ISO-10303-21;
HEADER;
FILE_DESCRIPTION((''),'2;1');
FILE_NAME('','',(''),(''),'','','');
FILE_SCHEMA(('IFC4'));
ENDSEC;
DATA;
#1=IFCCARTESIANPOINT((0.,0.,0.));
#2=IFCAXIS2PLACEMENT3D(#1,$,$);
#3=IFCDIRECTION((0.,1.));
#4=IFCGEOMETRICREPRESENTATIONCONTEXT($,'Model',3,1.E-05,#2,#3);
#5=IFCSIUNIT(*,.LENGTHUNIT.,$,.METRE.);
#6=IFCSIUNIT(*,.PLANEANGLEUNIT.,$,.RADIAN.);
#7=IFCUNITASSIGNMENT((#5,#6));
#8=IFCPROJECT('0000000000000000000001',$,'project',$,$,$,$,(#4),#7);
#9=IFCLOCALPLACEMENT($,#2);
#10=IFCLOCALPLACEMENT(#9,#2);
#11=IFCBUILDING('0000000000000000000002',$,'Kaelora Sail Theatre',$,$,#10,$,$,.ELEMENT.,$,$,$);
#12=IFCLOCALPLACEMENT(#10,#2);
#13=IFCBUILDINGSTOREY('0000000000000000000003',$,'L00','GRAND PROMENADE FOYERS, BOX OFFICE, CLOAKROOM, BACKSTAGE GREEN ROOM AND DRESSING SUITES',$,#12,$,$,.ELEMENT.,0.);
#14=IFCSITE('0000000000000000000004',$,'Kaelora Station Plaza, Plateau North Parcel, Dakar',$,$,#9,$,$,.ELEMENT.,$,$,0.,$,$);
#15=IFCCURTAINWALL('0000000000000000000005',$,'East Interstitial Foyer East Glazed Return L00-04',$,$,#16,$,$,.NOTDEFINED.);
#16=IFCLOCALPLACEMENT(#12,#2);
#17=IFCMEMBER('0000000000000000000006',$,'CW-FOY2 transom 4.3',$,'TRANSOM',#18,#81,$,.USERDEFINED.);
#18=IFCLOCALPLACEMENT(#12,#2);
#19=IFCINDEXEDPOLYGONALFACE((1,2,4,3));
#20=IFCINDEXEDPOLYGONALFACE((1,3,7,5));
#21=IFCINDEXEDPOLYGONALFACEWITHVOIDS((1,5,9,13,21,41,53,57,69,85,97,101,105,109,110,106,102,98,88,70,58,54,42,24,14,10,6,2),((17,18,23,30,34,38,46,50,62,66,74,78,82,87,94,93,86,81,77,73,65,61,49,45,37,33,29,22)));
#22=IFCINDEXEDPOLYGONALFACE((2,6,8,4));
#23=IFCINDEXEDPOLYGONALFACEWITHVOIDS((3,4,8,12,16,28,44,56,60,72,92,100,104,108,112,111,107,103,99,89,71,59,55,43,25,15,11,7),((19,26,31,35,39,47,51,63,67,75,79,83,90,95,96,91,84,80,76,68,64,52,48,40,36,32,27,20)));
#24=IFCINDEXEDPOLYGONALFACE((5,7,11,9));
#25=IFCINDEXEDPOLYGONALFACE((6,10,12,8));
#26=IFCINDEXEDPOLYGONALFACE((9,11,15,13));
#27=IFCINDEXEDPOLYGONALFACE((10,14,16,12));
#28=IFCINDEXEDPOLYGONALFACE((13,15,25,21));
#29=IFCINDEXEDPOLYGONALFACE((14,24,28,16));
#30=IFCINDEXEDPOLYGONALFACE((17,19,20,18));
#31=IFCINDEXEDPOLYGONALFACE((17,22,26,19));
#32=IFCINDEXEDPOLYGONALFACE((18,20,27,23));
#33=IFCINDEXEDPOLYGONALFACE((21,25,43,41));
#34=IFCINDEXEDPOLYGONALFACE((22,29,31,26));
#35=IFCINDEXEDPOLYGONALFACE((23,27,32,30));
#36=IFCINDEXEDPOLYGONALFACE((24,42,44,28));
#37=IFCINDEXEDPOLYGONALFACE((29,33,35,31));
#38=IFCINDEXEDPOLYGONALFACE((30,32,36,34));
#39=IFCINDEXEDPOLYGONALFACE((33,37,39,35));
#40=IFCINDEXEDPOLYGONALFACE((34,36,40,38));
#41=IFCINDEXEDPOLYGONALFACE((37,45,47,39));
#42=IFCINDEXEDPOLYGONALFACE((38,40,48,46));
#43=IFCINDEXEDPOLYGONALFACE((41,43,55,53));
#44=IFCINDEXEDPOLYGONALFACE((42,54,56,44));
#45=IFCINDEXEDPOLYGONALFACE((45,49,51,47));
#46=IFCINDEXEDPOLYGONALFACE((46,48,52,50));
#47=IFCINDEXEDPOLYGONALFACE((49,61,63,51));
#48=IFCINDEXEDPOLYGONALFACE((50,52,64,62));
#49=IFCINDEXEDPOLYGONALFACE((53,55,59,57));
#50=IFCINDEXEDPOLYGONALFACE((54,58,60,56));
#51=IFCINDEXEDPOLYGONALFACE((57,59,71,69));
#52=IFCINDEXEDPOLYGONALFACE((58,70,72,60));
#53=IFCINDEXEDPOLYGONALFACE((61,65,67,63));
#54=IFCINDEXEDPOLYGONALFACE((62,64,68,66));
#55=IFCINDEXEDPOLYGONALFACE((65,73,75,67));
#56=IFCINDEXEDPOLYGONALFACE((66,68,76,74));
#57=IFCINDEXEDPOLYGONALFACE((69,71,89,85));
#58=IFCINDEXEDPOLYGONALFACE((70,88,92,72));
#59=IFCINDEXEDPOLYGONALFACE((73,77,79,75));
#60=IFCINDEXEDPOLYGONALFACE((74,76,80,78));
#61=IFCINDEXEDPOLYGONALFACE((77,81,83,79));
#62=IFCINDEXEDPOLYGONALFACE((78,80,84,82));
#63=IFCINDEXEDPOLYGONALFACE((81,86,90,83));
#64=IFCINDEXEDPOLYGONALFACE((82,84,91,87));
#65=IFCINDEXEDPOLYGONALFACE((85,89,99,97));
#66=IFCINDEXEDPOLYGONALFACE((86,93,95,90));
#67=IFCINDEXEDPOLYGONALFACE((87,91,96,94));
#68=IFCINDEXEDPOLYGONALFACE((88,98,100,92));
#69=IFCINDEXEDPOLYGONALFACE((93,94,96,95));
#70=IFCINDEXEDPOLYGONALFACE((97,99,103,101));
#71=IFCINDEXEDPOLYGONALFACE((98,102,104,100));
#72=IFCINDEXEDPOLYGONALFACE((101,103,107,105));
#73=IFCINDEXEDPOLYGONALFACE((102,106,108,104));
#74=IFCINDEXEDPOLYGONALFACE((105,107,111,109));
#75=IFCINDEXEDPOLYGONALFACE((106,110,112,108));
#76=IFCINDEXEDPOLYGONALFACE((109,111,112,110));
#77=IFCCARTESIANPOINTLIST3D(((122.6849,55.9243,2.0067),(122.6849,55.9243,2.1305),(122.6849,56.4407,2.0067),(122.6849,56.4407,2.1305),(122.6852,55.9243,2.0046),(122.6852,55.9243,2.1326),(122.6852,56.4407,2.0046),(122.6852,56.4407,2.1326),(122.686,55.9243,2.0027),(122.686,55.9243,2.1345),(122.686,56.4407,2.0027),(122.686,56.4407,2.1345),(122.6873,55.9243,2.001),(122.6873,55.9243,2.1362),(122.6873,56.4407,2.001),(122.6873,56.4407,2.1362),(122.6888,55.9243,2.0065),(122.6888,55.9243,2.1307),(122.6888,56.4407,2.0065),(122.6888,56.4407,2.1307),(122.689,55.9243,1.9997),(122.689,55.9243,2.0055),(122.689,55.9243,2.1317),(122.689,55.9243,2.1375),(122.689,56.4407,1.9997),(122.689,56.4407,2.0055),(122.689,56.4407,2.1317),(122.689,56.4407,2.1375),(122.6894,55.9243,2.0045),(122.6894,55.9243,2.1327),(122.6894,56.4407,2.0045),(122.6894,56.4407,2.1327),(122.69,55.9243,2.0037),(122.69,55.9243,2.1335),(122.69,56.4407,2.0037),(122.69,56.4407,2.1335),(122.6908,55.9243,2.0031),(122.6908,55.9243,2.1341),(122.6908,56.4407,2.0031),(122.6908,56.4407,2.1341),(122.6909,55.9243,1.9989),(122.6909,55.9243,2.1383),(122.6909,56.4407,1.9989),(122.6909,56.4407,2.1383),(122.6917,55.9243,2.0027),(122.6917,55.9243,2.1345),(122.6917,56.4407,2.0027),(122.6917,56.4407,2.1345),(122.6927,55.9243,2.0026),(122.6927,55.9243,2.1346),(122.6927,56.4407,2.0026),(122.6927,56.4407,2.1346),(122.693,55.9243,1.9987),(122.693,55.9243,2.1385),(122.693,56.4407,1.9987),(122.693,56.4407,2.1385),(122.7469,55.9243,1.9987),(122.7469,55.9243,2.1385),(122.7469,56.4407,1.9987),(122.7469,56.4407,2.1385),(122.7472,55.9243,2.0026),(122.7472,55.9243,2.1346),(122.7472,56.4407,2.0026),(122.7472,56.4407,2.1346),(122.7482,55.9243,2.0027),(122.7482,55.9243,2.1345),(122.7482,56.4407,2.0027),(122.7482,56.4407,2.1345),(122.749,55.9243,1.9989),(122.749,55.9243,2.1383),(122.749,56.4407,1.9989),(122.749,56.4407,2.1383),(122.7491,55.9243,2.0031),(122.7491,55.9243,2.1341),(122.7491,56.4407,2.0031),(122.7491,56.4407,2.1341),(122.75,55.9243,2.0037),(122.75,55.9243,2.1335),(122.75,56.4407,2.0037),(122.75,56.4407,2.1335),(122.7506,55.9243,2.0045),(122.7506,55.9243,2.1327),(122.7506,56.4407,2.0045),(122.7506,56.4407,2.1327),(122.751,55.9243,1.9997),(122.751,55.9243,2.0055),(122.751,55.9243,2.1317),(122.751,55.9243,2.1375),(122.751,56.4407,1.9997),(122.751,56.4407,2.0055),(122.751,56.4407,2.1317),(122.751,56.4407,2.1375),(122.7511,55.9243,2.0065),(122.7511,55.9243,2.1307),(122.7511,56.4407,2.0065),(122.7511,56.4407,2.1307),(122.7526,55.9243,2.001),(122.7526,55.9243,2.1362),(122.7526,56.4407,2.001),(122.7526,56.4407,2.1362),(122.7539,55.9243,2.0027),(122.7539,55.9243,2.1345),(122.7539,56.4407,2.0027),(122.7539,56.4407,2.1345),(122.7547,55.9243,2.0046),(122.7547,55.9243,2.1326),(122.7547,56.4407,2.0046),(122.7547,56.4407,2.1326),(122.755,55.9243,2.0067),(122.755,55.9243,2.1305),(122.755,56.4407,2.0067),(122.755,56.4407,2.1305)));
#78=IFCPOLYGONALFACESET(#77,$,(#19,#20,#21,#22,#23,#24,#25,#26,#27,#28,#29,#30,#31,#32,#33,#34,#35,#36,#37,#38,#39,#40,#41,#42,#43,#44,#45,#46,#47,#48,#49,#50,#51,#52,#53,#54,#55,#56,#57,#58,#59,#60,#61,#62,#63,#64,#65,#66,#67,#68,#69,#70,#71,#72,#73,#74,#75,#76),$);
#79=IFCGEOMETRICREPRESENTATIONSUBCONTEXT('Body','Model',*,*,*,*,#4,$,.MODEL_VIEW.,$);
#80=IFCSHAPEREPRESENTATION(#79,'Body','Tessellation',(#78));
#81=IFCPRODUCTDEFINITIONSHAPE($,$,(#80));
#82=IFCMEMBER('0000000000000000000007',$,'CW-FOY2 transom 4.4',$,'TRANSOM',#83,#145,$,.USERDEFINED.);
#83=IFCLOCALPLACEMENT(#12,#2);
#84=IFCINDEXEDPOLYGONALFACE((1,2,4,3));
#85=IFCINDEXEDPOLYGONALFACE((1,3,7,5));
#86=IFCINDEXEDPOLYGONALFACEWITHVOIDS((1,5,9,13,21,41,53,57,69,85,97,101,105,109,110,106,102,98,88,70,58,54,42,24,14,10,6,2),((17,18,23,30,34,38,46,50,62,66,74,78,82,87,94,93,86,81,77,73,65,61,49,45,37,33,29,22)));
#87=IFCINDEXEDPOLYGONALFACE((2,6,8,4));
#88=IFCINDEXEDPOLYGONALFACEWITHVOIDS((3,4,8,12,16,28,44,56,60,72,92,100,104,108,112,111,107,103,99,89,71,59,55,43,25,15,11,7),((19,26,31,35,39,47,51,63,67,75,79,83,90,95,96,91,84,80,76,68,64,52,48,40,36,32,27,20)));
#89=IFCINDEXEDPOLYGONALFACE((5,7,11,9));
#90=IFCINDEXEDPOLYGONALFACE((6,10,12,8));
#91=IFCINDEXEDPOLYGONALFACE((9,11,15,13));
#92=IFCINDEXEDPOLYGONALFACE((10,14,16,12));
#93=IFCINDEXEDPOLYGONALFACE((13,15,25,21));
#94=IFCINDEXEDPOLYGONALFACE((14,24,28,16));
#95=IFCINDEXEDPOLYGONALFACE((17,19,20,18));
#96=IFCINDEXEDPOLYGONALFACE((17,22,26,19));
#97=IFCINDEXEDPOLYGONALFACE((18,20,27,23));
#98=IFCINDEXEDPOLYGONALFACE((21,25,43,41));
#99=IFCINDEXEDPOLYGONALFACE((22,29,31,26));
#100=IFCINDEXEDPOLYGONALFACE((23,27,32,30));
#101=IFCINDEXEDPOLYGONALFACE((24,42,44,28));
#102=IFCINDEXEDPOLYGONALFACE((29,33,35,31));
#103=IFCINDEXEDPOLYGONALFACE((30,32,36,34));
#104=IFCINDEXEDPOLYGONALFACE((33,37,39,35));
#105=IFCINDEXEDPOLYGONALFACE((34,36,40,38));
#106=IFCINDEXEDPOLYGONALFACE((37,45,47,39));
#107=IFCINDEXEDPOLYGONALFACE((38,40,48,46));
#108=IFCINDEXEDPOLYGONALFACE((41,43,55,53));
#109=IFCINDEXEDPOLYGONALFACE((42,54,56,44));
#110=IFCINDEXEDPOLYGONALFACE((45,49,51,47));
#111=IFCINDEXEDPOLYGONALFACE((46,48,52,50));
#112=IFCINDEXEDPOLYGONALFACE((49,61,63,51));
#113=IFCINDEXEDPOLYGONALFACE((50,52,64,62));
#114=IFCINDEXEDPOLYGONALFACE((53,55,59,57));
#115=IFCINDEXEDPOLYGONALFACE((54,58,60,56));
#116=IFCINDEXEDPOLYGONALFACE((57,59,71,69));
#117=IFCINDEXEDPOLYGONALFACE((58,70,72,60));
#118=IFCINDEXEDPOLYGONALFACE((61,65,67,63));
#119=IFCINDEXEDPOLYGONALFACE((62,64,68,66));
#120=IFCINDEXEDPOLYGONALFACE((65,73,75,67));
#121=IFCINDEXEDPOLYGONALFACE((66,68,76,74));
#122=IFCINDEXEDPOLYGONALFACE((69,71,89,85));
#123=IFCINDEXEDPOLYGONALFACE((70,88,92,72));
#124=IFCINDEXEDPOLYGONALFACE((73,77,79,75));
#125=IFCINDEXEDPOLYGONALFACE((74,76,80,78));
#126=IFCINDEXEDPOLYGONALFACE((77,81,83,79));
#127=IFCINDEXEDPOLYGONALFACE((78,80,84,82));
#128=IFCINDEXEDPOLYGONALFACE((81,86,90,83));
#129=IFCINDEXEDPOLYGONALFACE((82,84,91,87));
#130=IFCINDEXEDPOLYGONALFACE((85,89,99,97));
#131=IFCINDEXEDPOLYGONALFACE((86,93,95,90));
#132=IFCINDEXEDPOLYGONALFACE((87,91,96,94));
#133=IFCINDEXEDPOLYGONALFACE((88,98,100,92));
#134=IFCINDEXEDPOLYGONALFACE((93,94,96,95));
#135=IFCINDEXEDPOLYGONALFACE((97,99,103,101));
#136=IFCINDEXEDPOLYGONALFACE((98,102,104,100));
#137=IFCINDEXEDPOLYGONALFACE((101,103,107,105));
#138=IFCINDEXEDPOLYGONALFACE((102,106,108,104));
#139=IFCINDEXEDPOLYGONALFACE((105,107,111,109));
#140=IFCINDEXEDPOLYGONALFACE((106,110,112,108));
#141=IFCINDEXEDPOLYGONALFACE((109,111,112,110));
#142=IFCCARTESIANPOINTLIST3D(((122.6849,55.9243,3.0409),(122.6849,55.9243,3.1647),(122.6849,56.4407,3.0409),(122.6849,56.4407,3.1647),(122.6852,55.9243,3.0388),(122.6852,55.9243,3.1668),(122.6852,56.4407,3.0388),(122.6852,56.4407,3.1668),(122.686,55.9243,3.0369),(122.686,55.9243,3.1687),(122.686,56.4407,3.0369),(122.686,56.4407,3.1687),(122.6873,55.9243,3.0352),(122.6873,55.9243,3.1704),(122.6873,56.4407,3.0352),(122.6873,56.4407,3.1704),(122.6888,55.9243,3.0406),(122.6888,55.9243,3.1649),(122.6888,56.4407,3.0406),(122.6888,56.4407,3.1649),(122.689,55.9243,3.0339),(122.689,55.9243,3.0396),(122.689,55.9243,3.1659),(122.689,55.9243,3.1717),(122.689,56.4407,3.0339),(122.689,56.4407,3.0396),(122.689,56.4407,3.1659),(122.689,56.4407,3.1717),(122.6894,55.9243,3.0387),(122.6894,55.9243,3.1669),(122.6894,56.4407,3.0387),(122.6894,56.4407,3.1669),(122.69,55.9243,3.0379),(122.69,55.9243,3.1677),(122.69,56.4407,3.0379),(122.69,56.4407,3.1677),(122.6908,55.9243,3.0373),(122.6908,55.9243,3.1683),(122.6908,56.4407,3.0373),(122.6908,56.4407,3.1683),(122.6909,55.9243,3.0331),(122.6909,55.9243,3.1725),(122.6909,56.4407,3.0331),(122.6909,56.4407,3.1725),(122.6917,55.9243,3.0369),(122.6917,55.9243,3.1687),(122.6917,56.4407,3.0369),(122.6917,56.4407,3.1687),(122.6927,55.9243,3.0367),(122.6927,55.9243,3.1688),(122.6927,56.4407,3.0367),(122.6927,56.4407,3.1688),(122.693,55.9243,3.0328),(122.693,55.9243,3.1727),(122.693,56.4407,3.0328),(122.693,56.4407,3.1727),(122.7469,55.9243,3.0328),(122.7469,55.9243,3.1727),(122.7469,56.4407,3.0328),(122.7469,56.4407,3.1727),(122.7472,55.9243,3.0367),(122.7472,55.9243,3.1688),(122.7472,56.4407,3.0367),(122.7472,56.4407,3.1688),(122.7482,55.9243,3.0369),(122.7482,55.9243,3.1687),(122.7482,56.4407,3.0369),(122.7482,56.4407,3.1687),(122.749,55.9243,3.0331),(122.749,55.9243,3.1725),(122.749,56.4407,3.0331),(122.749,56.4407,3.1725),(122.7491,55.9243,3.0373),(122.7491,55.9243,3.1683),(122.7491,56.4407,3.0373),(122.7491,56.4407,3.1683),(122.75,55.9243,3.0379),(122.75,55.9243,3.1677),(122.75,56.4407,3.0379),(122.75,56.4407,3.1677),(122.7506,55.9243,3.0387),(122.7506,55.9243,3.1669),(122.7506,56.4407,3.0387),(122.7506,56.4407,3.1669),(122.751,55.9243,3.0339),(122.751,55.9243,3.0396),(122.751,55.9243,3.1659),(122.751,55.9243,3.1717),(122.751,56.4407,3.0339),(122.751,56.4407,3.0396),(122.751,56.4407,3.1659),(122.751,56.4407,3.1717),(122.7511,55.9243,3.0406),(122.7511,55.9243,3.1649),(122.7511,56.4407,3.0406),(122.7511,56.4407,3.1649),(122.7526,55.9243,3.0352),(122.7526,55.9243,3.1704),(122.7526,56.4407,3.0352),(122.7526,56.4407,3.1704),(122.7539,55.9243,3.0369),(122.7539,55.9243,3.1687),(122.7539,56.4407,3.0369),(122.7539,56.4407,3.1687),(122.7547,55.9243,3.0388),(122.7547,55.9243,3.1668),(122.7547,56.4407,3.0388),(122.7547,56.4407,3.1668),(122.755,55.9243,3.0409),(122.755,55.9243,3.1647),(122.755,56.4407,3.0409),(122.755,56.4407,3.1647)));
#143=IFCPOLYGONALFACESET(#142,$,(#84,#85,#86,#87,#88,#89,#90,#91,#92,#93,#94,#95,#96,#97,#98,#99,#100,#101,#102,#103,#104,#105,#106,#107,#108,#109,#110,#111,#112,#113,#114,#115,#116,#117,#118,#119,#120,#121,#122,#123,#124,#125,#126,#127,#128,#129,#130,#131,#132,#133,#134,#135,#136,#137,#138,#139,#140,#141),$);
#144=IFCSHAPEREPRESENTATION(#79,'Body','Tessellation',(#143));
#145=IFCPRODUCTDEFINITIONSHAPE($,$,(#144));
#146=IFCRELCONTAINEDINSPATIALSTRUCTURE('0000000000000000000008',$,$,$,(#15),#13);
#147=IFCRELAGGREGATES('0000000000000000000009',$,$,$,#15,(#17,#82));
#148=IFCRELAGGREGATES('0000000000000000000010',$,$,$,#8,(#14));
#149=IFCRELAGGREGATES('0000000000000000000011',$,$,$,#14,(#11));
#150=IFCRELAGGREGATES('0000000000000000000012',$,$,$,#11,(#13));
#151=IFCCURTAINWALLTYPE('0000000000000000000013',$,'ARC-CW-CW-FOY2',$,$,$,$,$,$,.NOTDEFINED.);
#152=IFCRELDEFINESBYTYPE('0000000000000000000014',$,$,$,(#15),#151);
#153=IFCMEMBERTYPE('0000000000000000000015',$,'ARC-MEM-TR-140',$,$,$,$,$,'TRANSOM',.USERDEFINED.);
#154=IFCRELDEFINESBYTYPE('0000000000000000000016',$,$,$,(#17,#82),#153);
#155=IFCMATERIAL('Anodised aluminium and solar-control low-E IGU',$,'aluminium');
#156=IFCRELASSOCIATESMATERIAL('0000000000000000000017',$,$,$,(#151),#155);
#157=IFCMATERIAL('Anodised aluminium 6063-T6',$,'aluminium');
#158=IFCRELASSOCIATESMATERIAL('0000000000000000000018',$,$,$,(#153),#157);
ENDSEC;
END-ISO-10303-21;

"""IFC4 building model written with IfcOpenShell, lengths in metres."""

from ifc_helpers import new_model, si_unit, direction, frame, origin, origin_2d, place, context, subcontext, project, spatial, hollow_rectangle, extrude, material, material_profile, profile_set, type_object, element, aggregate, save


model = new_model("IFC4")

# Units and contexts
model_context = context("Model", 3, precision=1e-05, world=origin(), true_north=direction((0.0, 1.0)))
body_context = subcontext(model_context, "Body", "Model", "MODEL_VIEW")
ifc_project = project(units=[si_unit("LENGTHUNIT", "METRE"), si_unit("PLANEANGLEUNIT", "RADIAN")], contexts=[model_context])

# Site, building, storey
site_placement = place(None, origin())
site = spatial("IfcSite", under=ifc_project, at=site_placement, Name="Kaelora Station Plaza, Plateau North Parcel, Dakar", CompositionType="ELEMENT", RefElevation=0.0)
building_placement = place(site_placement, origin())
building = spatial("IfcBuilding", under=site, at=building_placement, Name="Kaelora Sail Theatre", CompositionType="ELEMENT")
storey_placement = place(building_placement, origin())
storey = spatial("IfcBuildingStorey", under=building, at=storey_placement, Name="L00", Description="GRAND PROMENADE FOYERS, BOX OFFICE, CLOAKROOM, BACKSTAGE GREEN ROOM AND DRESSING SUITES", CompositionType="ELEMENT", Elevation=0.0)

# Curtain wall, members
ifc_material_1 = material(Name="Anodised aluminium and solar-control low-E IGU", Category="aluminium")
curtain_wall_type = type_object("IfcCurtainWallType", Name="ARC-CW-CW-FOY2", PredefinedType="NOTDEFINED", material=ifc_material_1)
curtain_wall_placement = place(storey_placement, origin())
curtain_wall = element("IfcCurtainWall", 1, at=curtain_wall_placement, inside=storey, type_object=curtain_wall_type, Name="East Interstitial Foyer East Glazed Return L00-04", PredefinedType="NOTDEFINED")
ifc_material_2 = material(Name="Anodised aluminium 6063-T6", Category="aluminium")
ifc_material_profile = material_profile(ifc_material_2, hollow_rectangle(XDim=0.0701, YDim=0.1399, WallThickness=0.0039, InnerFilletRadius=0.0039, OuterFilletRadius=0.0081, at=origin_2d()), Name="ALU-TRAN 70x140x4")
ifc_profile_set = profile_set([ifc_material_profile], Name="Anodised aluminium 6063-T6")
member_type = type_object("IfcMemberType", Name="ARC-MEM-TR-140", ElementType="TRANSOM", PredefinedType="USERDEFINED", material=ifc_profile_set)
member_1_placement = place(storey_placement, frame((122.72, 55.9243, 2.0686), z_axis=(0.0, 1.0, 0.0), x_axis=(-1.0, 0.0, 0.0)))
member_1 = element("IfcMember", 2, at=member_1_placement, type_object=member_type, Name="CW-FOY2 transom 4.3", ObjectType="TRANSOM", PredefinedType="USERDEFINED", context=body_context, shape_type="SweptSolid", body=[
    extrude(hollow_rectangle(XDim=0.0701, YDim=0.1399, WallThickness=0.0039, InnerFilletRadius=0.0039, OuterFilletRadius=0.0081, at=origin_2d()), origin(), (0.0, 0.0, 1.0), 0.5164),
])
member_2_placement = place(storey_placement, frame((122.72, 55.9243, 3.1028), z_axis=(0.0, 1.0, 0.0), x_axis=(-1.0, 0.0, 0.0)))
member_2 = element("IfcMember", 3, at=member_2_placement, type_object=member_type, Name="CW-FOY2 transom 4.4", ObjectType="TRANSOM", PredefinedType="USERDEFINED", context=body_context, shape_type="SweptSolid", body=[
    extrude(hollow_rectangle(XDim=0.0701, YDim=0.1399, WallThickness=0.0039, InnerFilletRadius=0.0039, OuterFilletRadius=0.0081, at=origin_2d()), origin(), (0.0, 0.0, 1.0), 0.5164),
])
aggregate(curtain_wall, [member_1, member_2])

save(model, "model.ifc")
